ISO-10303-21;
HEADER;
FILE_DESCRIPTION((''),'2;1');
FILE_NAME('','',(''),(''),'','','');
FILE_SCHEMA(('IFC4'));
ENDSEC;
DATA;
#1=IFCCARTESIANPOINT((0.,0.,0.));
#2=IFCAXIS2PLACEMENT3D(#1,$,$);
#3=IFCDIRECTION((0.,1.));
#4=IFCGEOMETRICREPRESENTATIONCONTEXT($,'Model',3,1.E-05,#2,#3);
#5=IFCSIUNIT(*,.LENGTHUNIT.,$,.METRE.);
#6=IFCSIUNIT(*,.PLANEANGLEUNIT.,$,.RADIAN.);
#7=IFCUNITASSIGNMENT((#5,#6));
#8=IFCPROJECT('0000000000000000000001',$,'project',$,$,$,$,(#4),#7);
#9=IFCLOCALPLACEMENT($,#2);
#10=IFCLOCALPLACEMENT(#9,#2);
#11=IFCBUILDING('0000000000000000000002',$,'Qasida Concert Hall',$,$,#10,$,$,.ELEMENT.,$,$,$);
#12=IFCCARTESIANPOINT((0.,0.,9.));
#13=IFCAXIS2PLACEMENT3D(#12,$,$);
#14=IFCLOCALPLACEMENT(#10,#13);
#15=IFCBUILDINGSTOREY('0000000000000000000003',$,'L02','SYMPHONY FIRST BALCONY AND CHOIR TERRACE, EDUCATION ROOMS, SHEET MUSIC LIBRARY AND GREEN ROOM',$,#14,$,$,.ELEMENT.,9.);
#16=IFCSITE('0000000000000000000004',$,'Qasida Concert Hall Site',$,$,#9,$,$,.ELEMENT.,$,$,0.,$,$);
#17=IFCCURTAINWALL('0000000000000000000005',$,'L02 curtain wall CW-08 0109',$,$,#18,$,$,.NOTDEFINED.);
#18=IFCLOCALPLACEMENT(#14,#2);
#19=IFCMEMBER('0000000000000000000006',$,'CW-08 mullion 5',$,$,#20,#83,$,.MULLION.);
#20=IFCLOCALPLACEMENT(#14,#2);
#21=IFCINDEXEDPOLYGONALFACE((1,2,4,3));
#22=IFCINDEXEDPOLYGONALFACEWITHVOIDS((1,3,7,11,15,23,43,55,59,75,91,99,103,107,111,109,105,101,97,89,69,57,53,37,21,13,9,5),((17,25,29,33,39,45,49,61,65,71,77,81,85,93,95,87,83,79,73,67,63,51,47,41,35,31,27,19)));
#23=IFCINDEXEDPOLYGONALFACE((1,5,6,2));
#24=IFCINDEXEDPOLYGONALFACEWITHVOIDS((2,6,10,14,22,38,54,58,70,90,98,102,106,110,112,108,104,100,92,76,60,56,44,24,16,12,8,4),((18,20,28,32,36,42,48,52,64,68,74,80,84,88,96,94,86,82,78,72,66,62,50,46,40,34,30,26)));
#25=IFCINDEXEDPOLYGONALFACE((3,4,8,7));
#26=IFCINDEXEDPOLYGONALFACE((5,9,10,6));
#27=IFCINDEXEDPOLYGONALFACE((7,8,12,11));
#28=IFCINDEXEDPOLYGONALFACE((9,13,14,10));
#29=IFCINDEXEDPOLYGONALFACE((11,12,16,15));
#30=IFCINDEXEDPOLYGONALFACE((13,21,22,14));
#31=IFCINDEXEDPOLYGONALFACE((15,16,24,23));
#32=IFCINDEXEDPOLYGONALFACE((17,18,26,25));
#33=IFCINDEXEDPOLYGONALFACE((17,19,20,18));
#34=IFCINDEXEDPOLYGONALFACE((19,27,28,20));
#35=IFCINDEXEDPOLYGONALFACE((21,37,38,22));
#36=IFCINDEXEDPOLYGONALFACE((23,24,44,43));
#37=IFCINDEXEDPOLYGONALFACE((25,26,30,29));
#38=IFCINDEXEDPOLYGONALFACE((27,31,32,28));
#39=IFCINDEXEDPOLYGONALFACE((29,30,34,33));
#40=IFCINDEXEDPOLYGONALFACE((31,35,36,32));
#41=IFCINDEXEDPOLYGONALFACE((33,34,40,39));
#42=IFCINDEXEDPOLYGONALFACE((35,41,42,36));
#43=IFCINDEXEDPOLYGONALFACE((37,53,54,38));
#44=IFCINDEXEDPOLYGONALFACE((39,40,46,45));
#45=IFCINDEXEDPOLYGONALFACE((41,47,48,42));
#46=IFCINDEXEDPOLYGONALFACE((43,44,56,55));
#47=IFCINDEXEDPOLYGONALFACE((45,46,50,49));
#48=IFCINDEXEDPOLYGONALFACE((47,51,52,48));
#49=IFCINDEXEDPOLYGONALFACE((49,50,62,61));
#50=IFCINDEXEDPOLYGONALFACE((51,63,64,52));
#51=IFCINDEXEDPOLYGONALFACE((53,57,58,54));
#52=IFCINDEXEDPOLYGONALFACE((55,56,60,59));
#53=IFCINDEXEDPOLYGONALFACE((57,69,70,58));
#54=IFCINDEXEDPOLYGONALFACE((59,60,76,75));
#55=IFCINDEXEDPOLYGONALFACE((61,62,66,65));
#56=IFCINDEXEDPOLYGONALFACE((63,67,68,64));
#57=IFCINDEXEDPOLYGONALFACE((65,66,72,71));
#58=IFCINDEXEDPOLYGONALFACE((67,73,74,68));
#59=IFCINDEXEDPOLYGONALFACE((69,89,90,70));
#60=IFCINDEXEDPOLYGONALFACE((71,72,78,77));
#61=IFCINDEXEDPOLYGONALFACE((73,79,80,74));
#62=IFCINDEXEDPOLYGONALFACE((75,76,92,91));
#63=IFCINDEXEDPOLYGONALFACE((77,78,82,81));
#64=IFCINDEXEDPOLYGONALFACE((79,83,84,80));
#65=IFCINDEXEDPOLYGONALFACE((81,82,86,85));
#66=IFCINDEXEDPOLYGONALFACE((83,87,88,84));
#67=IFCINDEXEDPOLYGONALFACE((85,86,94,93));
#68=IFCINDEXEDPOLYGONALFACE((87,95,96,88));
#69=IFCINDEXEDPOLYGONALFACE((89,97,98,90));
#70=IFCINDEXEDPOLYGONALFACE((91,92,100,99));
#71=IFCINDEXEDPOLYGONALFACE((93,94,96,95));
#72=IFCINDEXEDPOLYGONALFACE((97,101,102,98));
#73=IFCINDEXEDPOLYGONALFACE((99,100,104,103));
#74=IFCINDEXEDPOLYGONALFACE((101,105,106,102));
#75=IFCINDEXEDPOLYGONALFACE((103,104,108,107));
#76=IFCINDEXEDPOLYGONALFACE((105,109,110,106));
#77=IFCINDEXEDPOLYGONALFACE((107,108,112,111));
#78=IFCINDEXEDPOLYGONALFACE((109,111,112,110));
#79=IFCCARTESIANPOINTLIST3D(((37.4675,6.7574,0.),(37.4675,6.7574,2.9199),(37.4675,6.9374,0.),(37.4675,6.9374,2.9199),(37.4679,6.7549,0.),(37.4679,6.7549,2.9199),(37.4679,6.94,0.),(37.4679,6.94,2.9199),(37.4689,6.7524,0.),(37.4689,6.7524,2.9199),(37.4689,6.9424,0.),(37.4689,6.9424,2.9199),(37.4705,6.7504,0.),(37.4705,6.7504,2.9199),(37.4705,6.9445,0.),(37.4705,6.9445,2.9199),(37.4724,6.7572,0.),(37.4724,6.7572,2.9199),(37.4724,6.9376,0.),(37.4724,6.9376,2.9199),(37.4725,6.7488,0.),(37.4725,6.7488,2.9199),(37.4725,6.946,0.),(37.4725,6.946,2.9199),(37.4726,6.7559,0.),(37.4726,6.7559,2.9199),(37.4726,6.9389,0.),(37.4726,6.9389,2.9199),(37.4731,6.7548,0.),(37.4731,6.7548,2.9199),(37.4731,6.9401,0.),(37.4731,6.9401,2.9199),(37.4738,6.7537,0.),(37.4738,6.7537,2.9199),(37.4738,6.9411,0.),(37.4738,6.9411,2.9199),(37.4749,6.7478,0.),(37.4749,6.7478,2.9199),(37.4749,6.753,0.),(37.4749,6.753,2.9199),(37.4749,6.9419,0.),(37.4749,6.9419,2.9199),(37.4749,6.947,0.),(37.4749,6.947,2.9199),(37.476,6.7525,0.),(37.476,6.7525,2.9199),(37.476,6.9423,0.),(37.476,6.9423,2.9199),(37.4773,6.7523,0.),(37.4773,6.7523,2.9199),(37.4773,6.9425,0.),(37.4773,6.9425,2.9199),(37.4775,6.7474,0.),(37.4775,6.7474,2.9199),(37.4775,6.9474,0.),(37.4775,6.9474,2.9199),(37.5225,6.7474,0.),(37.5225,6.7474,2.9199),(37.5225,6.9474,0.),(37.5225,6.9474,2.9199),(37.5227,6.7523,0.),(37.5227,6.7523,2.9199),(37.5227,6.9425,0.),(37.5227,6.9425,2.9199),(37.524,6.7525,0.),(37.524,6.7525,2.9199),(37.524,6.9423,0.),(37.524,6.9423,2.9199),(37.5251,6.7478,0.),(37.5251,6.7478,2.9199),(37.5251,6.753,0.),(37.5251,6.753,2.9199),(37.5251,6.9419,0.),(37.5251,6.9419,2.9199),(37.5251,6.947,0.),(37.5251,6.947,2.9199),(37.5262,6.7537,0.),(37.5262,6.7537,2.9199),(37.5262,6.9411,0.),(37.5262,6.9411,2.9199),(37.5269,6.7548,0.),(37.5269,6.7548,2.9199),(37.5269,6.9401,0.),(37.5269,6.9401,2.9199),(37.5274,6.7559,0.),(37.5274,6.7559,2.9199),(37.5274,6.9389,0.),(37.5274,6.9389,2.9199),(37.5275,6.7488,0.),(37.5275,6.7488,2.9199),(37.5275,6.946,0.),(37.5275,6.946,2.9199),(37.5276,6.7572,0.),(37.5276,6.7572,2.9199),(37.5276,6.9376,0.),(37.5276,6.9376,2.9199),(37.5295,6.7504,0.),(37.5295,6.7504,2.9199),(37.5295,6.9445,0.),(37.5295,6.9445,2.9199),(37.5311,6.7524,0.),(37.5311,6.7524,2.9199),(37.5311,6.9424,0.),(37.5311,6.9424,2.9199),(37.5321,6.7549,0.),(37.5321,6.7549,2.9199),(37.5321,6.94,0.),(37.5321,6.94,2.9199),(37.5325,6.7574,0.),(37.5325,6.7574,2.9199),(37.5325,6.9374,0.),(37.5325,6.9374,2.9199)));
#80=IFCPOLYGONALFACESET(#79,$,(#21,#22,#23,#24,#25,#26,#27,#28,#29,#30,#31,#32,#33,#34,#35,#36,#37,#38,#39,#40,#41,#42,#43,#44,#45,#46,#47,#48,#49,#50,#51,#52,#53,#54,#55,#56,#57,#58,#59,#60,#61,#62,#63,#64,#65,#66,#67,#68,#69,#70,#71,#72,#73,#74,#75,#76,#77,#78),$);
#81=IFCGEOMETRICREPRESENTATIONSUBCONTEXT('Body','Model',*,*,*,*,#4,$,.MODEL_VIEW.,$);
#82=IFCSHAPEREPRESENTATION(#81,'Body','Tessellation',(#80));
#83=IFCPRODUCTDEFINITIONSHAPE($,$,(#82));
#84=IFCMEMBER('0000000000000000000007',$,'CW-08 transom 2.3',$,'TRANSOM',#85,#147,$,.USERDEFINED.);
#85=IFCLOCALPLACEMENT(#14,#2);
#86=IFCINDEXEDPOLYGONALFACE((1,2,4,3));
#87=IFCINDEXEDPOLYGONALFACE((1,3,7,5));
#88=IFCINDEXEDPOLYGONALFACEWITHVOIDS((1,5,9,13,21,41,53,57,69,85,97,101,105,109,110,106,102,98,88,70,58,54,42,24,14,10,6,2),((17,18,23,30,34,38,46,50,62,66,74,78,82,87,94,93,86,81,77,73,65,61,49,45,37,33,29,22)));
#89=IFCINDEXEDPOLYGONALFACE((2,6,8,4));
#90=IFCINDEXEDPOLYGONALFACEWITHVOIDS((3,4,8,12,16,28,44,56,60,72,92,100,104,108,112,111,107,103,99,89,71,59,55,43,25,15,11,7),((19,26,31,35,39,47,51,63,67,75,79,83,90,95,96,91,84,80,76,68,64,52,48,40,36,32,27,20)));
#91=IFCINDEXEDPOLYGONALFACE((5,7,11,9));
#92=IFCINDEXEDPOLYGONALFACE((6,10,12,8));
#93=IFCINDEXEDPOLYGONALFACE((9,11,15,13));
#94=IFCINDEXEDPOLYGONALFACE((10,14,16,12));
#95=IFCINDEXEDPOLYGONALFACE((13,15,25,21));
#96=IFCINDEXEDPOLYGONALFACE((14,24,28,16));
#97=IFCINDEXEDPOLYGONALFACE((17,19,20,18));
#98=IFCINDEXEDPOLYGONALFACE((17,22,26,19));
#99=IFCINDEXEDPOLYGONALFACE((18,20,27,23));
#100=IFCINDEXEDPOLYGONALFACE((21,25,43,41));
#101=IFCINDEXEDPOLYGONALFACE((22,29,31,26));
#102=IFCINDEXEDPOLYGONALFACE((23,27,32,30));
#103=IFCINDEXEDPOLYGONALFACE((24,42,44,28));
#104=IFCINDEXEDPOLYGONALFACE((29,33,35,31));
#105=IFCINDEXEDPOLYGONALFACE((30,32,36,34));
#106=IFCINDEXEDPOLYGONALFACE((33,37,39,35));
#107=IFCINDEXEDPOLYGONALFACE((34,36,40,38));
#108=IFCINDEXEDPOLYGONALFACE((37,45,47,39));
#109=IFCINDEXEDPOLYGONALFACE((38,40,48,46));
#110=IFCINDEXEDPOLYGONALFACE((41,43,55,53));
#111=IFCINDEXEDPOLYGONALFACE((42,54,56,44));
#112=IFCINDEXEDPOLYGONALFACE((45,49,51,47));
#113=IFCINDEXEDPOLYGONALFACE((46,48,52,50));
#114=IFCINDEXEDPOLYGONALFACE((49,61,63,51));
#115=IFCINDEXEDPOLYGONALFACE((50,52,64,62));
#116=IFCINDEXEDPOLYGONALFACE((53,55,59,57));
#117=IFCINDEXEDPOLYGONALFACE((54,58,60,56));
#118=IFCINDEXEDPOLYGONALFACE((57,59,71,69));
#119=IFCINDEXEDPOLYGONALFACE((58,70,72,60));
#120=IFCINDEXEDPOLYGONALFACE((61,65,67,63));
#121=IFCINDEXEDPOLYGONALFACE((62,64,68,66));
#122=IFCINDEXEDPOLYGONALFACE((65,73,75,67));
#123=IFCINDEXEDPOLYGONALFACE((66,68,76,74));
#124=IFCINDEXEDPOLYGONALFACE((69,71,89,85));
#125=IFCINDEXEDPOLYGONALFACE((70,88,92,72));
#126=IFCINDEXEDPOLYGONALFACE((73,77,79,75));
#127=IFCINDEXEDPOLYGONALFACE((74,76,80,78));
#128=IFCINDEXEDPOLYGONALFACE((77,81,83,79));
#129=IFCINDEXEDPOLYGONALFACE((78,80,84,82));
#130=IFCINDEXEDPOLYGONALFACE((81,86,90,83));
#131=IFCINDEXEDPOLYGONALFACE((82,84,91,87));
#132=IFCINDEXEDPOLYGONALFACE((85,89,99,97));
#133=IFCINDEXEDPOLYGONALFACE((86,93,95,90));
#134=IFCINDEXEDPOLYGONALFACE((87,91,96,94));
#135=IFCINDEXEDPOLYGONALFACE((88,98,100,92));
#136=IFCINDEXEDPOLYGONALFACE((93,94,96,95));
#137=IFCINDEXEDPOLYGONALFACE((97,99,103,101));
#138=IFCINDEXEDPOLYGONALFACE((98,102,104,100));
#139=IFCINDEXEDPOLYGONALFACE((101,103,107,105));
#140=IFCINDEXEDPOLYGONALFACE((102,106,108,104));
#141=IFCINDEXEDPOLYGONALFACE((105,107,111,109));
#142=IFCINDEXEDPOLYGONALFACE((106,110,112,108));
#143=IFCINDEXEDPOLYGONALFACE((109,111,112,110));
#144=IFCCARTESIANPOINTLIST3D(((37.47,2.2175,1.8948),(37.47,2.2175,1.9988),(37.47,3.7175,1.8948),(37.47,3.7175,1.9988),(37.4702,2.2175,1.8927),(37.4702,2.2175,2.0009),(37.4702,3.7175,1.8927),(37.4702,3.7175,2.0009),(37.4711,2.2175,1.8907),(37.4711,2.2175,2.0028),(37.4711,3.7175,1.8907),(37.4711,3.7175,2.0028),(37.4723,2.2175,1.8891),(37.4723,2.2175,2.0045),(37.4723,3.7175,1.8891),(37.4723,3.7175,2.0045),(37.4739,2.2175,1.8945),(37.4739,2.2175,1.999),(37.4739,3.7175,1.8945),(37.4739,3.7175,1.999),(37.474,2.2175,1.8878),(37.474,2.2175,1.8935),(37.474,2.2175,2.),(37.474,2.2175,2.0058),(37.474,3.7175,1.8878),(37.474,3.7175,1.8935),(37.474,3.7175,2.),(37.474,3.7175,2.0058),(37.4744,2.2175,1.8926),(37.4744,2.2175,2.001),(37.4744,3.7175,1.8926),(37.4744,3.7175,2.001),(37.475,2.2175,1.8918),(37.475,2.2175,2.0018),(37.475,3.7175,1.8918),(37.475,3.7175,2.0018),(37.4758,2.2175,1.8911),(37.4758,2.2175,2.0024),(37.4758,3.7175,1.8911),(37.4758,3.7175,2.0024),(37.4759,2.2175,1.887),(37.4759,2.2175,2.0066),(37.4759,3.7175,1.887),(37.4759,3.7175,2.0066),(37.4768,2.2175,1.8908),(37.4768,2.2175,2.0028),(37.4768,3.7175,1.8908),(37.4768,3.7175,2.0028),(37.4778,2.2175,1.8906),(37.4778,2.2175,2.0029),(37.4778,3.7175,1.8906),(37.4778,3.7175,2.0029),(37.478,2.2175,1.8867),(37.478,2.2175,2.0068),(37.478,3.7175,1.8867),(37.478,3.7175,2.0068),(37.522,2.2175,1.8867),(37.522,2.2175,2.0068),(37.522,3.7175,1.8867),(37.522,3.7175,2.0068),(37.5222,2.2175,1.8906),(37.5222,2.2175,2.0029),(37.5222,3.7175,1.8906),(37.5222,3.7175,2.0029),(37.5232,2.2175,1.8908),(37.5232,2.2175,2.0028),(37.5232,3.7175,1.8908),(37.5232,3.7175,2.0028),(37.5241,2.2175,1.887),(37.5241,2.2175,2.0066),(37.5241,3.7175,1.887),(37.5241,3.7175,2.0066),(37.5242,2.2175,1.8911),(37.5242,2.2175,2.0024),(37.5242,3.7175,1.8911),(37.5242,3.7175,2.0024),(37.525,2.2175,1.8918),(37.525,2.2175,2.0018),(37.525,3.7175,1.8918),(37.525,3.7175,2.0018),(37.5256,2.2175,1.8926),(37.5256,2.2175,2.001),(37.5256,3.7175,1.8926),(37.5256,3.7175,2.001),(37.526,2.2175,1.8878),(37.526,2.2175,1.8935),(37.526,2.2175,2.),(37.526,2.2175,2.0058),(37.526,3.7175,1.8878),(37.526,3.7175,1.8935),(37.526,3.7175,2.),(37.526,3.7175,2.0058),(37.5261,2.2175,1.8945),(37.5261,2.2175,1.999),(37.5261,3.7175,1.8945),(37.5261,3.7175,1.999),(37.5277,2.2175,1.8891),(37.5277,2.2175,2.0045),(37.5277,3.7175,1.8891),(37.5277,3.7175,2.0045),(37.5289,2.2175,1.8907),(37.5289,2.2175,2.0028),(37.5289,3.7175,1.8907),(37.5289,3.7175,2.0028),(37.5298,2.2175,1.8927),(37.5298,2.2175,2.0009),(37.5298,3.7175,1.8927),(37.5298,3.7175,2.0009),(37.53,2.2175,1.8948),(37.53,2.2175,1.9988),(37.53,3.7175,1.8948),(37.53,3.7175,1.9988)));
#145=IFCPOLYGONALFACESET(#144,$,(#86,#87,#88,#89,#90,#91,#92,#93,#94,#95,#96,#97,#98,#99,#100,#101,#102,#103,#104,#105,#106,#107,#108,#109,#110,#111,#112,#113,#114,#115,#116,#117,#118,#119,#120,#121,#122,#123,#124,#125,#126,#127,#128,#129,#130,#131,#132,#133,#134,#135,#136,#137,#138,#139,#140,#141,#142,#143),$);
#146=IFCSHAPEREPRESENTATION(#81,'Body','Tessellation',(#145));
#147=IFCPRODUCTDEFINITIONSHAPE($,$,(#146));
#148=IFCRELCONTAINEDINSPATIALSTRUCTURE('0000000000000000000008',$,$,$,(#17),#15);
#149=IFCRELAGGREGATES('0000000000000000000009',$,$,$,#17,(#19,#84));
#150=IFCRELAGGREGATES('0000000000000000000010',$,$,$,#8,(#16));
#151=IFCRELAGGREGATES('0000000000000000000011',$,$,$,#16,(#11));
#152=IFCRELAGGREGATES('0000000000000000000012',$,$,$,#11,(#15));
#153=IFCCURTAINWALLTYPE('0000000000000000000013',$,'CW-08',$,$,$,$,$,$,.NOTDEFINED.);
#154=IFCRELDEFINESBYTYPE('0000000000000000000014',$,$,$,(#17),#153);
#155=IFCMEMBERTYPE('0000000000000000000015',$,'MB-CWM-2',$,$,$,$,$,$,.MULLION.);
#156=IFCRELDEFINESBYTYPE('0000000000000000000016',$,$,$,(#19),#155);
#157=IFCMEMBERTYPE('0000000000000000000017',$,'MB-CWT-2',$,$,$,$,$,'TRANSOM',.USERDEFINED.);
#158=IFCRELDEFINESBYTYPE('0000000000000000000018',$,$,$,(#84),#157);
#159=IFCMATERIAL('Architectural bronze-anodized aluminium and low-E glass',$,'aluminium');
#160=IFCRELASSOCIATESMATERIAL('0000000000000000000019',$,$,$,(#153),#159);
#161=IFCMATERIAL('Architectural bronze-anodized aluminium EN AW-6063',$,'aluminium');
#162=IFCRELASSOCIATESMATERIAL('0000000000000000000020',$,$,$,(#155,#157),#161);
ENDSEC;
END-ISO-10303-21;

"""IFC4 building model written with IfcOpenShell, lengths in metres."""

from ifc_helpers import new_model, si_unit, direction, frame, origin, origin_2d, place, context, subcontext, project, spatial, hollow_rectangle, extrude, material, material_profile, profile_set, type_object, element, aggregate, save


model = new_model("IFC4")

# Units and contexts
model_context = context("Model", 3, precision=1e-05, world=origin(), true_north=direction((0.0, 1.0)))
body_context = subcontext(model_context, "Body", "Model", "MODEL_VIEW")
ifc_project = project(units=[si_unit("LENGTHUNIT", "METRE"), si_unit("PLANEANGLEUNIT", "RADIAN")], contexts=[model_context])

# Site, building, storey
site_placement = place(None, origin())
site = spatial("IfcSite", under=ifc_project, at=site_placement, Name="Qasida Concert Hall Site", CompositionType="ELEMENT", RefElevation=0.0)
building_placement = place(site_placement, origin())
building = spatial("IfcBuilding", under=site, at=building_placement, Name="Qasida Concert Hall", CompositionType="ELEMENT")
storey_placement = place(building_placement, frame((0.0, 0.0, 9.0)))
storey = spatial("IfcBuildingStorey", under=building, at=storey_placement, Name="L02", Description="SYMPHONY FIRST BALCONY AND CHOIR TERRACE, EDUCATION ROOMS, SHEET MUSIC LIBRARY AND GREEN ROOM", CompositionType="ELEMENT", Elevation=9.0)

# Curtain wall, members
ifc_material_1 = material(Name="Architectural bronze-anodized aluminium and low-E glass", Category="aluminium")
curtain_wall_type = type_object("IfcCurtainWallType", Name="CW-08", PredefinedType="NOTDEFINED", material=ifc_material_1)
curtain_wall_placement = place(storey_placement, origin())
curtain_wall = element("IfcCurtainWall", 1, at=curtain_wall_placement, inside=storey, type_object=curtain_wall_type, Name="L02 curtain wall CW-08 0109", PredefinedType="NOTDEFINED")
ifc_material_2 = material(Name="Architectural bronze-anodized aluminium EN AW-6063", Category="aluminium")
ifc_material_profile_1 = material_profile(ifc_material_2, hollow_rectangle(XDim=0.0649, YDim=0.2, WallThickness=0.0049, InnerFilletRadius=0.0049, OuterFilletRadius=0.01, at=origin_2d()), Name="CWM 200x65x5")
ifc_profile_set_1 = profile_set([ifc_material_profile_1], Name="Architectural bronze-anodized aluminium EN AW-6063")
member_type_1 = type_object("IfcMemberType", Name="MB-CWM-2", PredefinedType="MULLION", material=ifc_profile_set_1)
member_1_placement = place(storey_placement, frame((37.5, 6.8474, 0.0), z_axis=(0.0, 0.0, 1.0), x_axis=(-1.0, 0.0, 0.0)))
member_1 = element("IfcMember", 2, at=member_1_placement, type_object=member_type_1, Name="CW-08 mullion 5", PredefinedType="MULLION", context=body_context, shape_type="SweptSolid", body=[
    extrude(hollow_rectangle(XDim=0.0649, YDim=0.2, WallThickness=0.0049, InnerFilletRadius=0.0049, OuterFilletRadius=0.01, at=origin_2d()), origin(), (0.0, 0.0, 1.0), 2.9199),
])
ifc_material_profile_2 = material_profile(ifc_material_2, hollow_rectangle(XDim=0.0601, YDim=0.1201, WallThickness=0.0039, InnerFilletRadius=0.0039, OuterFilletRadius=0.0081, at=origin_2d()), Name="CWT 120x60x4")
ifc_profile_set_2 = profile_set([ifc_material_profile_2], Name="Architectural bronze-anodized aluminium EN AW-6063")
member_type_2 = type_object("IfcMemberType", Name="MB-CWT-2", ElementType="TRANSOM", PredefinedType="USERDEFINED", material=ifc_profile_set_2)
member_2_placement = place(storey_placement, frame((37.5, 2.2175, 1.9468), z_axis=(0.0, 1.0, 0.0), x_axis=(-1.0, 0.0, 0.0)))
member_2 = element("IfcMember", 3, at=member_2_placement, type_object=member_type_2, Name="CW-08 transom 2.3", ObjectType="TRANSOM", PredefinedType="USERDEFINED", context=body_context, shape_type="SweptSolid", body=[
    extrude(hollow_rectangle(XDim=0.0601, YDim=0.1201, WallThickness=0.0039, InnerFilletRadius=0.0039, OuterFilletRadius=0.0081, at=origin_2d()), origin(), (0.0, 0.0, 1.0), 1.5),
])
aggregate(curtain_wall, [member_1, member_2])

save(model, "model.ifc")
